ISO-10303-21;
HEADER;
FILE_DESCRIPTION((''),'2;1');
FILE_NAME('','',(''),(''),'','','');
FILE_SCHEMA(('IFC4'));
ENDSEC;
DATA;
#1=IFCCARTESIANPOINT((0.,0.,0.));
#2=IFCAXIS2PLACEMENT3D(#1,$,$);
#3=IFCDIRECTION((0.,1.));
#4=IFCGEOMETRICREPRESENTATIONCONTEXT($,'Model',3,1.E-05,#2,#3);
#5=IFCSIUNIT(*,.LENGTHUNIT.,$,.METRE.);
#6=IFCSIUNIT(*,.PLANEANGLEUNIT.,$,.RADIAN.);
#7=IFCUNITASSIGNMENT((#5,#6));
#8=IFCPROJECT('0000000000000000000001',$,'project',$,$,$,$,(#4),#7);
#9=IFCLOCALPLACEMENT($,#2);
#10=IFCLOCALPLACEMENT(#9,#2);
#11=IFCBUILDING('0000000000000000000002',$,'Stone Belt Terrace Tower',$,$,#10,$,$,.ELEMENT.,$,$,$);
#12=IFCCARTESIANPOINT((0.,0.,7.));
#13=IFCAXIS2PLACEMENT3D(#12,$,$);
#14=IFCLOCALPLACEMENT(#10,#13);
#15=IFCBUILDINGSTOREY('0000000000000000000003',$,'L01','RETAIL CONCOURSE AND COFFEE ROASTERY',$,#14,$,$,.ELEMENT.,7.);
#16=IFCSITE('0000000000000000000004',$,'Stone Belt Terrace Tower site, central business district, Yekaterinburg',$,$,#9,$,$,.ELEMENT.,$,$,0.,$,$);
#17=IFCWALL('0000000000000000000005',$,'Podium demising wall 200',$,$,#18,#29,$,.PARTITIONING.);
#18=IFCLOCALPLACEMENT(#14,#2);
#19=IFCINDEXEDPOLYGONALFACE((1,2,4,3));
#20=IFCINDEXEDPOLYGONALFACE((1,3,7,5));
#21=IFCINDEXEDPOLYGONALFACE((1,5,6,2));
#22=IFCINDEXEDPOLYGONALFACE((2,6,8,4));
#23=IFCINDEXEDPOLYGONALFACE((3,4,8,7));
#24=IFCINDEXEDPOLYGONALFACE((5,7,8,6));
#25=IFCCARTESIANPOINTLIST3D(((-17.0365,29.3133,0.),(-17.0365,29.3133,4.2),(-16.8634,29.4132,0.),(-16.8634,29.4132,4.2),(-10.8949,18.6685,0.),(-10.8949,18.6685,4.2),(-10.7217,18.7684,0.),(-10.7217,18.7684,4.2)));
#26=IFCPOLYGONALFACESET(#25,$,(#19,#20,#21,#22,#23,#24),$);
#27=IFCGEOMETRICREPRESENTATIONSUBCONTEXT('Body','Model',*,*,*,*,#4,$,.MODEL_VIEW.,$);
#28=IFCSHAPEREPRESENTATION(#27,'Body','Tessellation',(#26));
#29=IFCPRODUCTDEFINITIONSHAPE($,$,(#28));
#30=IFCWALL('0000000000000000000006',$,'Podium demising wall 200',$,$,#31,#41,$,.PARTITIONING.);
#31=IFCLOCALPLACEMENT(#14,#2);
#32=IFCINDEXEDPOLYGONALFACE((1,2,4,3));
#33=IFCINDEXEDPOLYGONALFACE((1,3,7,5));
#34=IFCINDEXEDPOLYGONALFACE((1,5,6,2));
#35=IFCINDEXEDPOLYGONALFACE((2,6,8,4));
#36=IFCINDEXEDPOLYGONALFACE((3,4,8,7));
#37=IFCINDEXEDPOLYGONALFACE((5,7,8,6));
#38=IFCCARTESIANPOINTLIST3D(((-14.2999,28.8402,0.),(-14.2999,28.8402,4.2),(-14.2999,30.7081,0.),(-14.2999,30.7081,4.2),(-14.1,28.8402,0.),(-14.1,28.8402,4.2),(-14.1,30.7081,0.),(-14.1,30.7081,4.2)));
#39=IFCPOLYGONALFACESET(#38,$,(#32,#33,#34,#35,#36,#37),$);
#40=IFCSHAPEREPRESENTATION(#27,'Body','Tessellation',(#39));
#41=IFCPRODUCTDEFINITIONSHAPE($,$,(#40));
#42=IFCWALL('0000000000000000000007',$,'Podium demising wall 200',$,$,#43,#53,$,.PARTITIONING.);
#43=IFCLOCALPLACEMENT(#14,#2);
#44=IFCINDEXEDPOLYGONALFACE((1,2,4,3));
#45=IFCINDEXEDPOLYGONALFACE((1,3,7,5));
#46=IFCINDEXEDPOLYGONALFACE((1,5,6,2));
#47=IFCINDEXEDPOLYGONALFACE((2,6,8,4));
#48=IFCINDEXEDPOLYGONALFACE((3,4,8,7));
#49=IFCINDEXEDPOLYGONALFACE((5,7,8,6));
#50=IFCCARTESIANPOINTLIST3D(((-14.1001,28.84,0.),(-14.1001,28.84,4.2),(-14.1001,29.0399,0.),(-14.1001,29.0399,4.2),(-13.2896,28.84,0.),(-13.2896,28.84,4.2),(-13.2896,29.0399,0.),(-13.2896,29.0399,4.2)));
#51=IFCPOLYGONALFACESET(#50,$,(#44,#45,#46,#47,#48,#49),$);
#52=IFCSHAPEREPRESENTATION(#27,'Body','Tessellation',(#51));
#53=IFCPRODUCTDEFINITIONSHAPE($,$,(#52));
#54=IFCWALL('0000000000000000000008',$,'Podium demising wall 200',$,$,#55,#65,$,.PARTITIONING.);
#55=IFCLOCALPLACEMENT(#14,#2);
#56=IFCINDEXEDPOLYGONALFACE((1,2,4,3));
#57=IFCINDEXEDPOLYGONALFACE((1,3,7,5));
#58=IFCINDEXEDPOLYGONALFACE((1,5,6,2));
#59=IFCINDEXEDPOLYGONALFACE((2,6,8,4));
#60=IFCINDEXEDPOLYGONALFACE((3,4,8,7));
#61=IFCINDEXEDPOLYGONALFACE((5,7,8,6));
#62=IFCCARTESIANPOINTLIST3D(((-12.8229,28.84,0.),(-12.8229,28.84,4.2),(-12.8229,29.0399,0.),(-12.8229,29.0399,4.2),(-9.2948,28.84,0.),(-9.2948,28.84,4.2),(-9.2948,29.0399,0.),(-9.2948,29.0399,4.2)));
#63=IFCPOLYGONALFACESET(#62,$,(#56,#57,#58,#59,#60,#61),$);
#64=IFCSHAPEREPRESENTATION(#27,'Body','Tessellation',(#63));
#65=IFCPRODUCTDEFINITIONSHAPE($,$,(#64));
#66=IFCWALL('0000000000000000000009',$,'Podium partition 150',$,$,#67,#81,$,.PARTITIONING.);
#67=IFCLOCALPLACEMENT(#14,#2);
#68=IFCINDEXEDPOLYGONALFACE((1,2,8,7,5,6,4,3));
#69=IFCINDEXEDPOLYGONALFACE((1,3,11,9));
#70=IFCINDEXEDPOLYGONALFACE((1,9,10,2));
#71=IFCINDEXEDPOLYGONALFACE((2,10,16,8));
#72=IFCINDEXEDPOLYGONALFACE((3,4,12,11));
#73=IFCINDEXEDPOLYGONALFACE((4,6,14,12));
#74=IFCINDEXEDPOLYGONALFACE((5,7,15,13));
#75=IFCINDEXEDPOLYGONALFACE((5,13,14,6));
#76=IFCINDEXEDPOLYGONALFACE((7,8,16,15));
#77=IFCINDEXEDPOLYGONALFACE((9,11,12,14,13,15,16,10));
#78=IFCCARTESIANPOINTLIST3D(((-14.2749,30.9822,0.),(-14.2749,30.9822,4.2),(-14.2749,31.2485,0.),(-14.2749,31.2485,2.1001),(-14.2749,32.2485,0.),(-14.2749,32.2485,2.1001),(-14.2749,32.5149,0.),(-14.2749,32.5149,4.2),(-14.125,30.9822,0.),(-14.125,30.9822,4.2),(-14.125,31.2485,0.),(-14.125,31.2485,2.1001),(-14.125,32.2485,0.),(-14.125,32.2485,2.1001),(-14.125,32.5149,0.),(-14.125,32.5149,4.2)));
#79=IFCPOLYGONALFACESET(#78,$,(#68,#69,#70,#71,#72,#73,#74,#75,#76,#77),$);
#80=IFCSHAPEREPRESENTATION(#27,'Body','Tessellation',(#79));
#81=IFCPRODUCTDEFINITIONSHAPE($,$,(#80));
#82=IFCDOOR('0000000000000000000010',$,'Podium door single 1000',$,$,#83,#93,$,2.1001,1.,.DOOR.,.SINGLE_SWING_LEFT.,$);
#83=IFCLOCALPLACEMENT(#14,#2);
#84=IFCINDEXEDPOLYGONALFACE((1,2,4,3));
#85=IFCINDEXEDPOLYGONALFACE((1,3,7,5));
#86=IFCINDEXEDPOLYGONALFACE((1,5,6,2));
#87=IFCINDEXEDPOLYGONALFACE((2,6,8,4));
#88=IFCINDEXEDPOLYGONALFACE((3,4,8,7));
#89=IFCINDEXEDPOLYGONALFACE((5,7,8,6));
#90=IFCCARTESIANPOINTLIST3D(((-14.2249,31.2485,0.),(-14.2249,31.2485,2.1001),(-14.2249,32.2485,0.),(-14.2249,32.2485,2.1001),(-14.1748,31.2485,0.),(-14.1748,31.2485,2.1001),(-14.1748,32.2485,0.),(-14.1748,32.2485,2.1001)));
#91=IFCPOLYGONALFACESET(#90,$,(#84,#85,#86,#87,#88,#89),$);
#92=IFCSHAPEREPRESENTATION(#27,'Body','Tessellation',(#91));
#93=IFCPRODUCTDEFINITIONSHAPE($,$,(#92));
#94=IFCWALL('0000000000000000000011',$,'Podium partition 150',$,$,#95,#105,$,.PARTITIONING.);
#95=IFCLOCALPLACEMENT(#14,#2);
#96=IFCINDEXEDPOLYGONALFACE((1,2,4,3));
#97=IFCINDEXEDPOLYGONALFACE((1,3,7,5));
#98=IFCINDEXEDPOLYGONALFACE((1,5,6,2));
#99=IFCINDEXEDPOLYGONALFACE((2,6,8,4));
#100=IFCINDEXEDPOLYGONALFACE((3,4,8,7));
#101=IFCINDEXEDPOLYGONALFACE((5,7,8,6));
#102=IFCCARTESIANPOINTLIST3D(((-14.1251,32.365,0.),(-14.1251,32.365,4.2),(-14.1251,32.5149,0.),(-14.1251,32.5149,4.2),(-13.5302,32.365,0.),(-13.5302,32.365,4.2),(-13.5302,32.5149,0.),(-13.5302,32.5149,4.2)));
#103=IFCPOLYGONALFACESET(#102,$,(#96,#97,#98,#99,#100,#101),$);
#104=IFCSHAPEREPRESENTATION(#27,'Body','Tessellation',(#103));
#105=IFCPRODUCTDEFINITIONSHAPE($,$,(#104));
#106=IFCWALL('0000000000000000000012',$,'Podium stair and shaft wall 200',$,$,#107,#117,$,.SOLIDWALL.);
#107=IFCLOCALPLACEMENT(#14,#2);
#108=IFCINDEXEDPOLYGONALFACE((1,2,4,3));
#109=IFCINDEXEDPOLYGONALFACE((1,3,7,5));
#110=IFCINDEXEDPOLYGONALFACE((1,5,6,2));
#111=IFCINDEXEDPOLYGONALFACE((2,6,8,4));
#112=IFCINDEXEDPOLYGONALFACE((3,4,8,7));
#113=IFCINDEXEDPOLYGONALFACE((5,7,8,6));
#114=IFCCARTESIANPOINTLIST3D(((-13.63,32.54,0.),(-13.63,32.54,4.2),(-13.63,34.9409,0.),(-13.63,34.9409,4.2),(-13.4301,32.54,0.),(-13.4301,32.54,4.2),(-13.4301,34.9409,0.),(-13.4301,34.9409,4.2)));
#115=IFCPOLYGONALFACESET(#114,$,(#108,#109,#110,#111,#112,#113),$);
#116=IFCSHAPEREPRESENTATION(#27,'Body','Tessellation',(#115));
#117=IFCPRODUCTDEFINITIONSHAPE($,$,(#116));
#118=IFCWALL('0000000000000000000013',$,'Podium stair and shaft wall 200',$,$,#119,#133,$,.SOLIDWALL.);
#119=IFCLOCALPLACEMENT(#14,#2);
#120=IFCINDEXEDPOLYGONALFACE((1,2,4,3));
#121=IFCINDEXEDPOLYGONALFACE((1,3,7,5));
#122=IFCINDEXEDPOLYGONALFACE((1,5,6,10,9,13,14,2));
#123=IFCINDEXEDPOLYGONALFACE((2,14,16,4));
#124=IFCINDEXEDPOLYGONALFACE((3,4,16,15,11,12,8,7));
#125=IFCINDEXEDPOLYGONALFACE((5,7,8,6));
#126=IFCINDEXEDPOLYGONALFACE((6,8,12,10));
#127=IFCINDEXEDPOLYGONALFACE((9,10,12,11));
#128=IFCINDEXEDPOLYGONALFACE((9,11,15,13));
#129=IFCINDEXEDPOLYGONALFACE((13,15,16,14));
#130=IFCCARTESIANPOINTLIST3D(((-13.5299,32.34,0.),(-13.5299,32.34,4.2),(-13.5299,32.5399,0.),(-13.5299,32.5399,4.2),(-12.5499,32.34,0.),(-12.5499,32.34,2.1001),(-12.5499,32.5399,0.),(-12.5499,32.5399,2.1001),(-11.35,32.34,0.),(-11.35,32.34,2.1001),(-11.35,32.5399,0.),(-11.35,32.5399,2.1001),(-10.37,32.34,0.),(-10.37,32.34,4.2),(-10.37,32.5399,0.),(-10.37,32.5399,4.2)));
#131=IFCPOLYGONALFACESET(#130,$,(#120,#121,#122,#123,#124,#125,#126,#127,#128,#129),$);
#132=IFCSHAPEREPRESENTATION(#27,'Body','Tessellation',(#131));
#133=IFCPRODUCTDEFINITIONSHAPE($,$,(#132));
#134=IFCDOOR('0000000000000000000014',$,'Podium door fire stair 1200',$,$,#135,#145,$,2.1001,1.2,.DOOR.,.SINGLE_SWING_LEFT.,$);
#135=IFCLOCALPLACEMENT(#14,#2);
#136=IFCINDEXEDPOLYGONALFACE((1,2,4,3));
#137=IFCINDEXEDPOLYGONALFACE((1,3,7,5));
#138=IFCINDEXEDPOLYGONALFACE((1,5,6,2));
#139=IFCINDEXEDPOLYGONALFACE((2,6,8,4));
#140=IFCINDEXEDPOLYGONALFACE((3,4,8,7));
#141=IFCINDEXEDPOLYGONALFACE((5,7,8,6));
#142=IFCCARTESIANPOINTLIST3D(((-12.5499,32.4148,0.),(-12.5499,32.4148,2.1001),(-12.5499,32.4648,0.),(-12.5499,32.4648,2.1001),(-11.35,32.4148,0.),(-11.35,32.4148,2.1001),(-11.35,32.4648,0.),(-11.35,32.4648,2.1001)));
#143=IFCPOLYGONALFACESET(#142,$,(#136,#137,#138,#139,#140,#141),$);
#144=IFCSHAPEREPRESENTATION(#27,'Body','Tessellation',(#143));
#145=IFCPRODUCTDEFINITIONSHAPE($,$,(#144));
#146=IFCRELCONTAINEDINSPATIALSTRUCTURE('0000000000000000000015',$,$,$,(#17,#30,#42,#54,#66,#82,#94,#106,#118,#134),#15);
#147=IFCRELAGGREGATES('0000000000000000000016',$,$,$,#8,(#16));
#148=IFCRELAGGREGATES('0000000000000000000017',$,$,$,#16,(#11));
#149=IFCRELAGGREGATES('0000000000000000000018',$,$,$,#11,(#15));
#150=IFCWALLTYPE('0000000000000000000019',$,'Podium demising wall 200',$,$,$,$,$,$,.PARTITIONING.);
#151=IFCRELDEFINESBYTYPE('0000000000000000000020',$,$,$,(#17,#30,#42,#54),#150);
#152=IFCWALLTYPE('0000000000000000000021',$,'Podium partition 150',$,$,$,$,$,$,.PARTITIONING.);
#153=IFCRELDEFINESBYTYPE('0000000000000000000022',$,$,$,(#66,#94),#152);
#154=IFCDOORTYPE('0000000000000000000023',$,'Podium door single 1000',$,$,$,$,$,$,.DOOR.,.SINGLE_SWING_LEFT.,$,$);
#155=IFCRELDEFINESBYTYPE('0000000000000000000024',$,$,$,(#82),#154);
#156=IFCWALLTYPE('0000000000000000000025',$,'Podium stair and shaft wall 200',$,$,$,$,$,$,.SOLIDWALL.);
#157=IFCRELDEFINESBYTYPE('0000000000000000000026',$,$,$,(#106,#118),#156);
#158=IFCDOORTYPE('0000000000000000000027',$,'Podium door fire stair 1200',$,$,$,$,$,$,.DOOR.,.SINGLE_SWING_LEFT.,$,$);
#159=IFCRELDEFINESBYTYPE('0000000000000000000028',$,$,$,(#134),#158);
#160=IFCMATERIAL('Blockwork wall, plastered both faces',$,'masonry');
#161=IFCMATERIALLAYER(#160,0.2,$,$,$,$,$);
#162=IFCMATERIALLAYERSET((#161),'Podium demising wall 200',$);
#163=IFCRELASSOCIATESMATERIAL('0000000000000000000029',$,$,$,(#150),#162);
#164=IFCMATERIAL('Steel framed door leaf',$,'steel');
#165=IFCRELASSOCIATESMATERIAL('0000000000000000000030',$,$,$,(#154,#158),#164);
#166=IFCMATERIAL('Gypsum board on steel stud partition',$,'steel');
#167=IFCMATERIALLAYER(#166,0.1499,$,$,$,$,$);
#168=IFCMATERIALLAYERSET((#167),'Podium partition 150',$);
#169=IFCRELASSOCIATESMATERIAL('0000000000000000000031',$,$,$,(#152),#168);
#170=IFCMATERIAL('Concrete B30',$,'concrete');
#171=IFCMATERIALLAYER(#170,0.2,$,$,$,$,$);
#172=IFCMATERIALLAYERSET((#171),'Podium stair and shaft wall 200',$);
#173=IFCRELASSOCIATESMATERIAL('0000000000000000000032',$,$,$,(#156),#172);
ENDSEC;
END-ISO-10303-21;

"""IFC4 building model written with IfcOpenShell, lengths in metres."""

from ifc_helpers import new_model, si_unit, direction, frame, frame_2d, origin, place, context, subcontext, project, spatial, rectangle, extrude, material, layer, layer_set, type_object, element, fill, save


model = new_model("IFC4")

# Units and contexts
model_context = context("Model", 3, precision=1e-05, world=origin(), true_north=direction((0.0, 1.0)))
body_context = subcontext(model_context, "Body", "Model", "MODEL_VIEW")
ifc_project = project(units=[si_unit("LENGTHUNIT", "METRE"), si_unit("PLANEANGLEUNIT", "RADIAN")], contexts=[model_context])

# Site, building, storey
site_placement = place(None, origin())
site = spatial("IfcSite", under=ifc_project, at=site_placement, Name="Stone Belt Terrace Tower site, central business district, Yekaterinburg", CompositionType="ELEMENT", RefElevation=0.0)
building_placement = place(site_placement, origin())
building = spatial("IfcBuilding", under=site, at=building_placement, Name="Stone Belt Terrace Tower", CompositionType="ELEMENT")
storey_placement = place(building_placement, frame((0.0, 0.0, 7.0)))
storey = spatial("IfcBuildingStorey", under=building, at=storey_placement, Name="L01", Description="RETAIL CONCOURSE AND COFFEE ROASTERY", CompositionType="ELEMENT", Elevation=7.0)

# Shared definitions
ifc_material_1 = material(Name="Blockwork wall, plastered both faces", Category="masonry")
ifc_layer_1 = layer(ifc_material_1, 0.2)
ifc_layer_set_1 = layer_set([ifc_layer_1], Name="Podium demising wall 200")
wall_type_1 = type_object("IfcWallType", Name="Podium demising wall 200", PredefinedType="PARTITIONING", material=ifc_layer_set_1)

# Shared definitions
ifc_material_2 = material(Name="Steel framed door leaf", Category="steel")
door_type_1 = type_object("IfcDoorType", Name="Podium door single 1000", OperationType="SINGLE_SWING_LEFT", PredefinedType="DOOR", material=ifc_material_2)

# Walls
wall_1_placement = place(storey_placement, frame((-16.95, 29.3633, 0.0), z_axis=(0.0, 0.0, 1.0), x_axis=(0.499746, -0.866172, 0.0)))
element("IfcWall", 1, at=wall_1_placement, inside=storey, type_object=wall_type_1, Name="Podium demising wall 200", PredefinedType="PARTITIONING", context=body_context, shape_type="SweptSolid", body=[
    extrude(rectangle(XDim=12.2896, YDim=0.2, at=frame_2d((6.1448, 0.0))), origin(), (0.0, 0.0, 1.0), 4.2),
])
wall_2_placement = place(storey_placement, frame((-14.2, 28.8401, 0.0), z_axis=(0.0, 0.0, 1.0), x_axis=(0.0, 1.0, 0.0)))
element("IfcWall", 2, at=wall_2_placement, inside=storey, type_object=wall_type_1, Name="Podium demising wall 200", PredefinedType="PARTITIONING", context=body_context, shape_type="SweptSolid", body=[
    extrude(rectangle(XDim=1.8679, YDim=0.2, at=frame_2d((0.9341, 0.0))), origin(), (0.0, 0.0, 1.0), 4.2),
])
wall_3_placement = place(storey_placement, frame((-14.1001, 28.9399, 0.0), z_axis=(0.0, 0.0, 1.0), x_axis=(1.0, 0.0, 0.0)))
element("IfcWall", 3, at=wall_3_placement, inside=storey, type_object=wall_type_1, Name="Podium demising wall 200", PredefinedType="PARTITIONING", context=body_context, shape_type="SweptSolid", body=[
    extrude(rectangle(XDim=0.8105, YDim=0.2, at=frame_2d((0.4053, 0.0))), origin(), (0.0, 0.0, 1.0), 4.2),
])
wall_4_placement = place(storey_placement, frame((-12.823, 28.9399, 0.0), z_axis=(0.0, 0.0, 1.0), x_axis=(1.0, 0.0, 0.0)))
element("IfcWall", 4, at=wall_4_placement, inside=storey, type_object=wall_type_1, Name="Podium demising wall 200", PredefinedType="PARTITIONING", context=body_context, shape_type="SweptSolid", body=[
    extrude(rectangle(XDim=3.5281, YDim=0.2, at=frame_2d((1.7642, 0.0))), origin(), (0.0, 0.0, 1.0), 4.2),
])

# Wall, opening, door
ifc_material_3 = material(Name="Gypsum board on steel stud partition", Category="steel")
ifc_layer_2 = layer(ifc_material_3, 0.1499)
ifc_layer_set_2 = layer_set([ifc_layer_2], Name="Podium partition 150")
wall_type_2 = type_object("IfcWallType", Name="Podium partition 150", PredefinedType="PARTITIONING", material=ifc_layer_set_2)
wall_5_placement = place(storey_placement, frame((-14.2, 30.9822, 0.0), z_axis=(0.0, 0.0, 1.0), x_axis=(0.0, 1.0, 0.0)))
wall_5 = element("IfcWall", 5, at=wall_5_placement, inside=storey, type_object=wall_type_2, Name="Podium partition 150", PredefinedType="PARTITIONING", context=body_context, shape_type="SweptSolid", body=[
    extrude(rectangle(XDim=1.5327, YDim=0.1499, at=frame_2d((0.7664, 0.0))), origin(), (0.0, 0.0, 1.0), 4.2),
])
opening_1_placement = place(wall_5_placement, frame((0.2664, 0.0, 0.0)))
opening_1 = element("IfcOpeningElement", 6, at=opening_1_placement, cuts=wall_5, PredefinedType="OPENING", context=body_context, shape_type="SweptSolid", body=[
    extrude(rectangle(XDim=1.0, YDim=2.1001, at=frame_2d((0.5, 1.05))), frame((0.0, 0.085, 0.0), z_axis=(0.0, -1.0, 0.0), x_axis=(1.0, 0.0, 0.0)), (0.0, 0.0, 1.0), 0.1699),
])
door_1_placement = place(opening_1_placement, origin())
door_1 = element("IfcDoor", 7, at=door_1_placement, inside=storey, type_object=door_type_1, Name="Podium door single 1000", OperationType="SINGLE_SWING_LEFT", OverallHeight=2.1001, OverallWidth=1.0, PredefinedType="DOOR", context=body_context, shape_type="SweptSolid", body=[
    extrude(rectangle(XDim=1.0, YDim=2.1001, at=frame_2d((0.5, 1.05))), frame((0.0, 0.0249, 0.0), z_axis=(0.0, -1.0, 0.0), x_axis=(1.0, 0.0, 0.0)), (0.0, 0.0, 1.0), 0.05),
])
fill(opening_1, door_1)

# Walls
wall_6_placement = place(storey_placement, frame((-14.125, 32.4399, 0.0), z_axis=(0.0, 0.0, 1.0), x_axis=(1.0, 0.0, 0.0)))
element("IfcWall", 8, at=wall_6_placement, inside=storey, type_object=wall_type_2, Name="Podium partition 150", PredefinedType="PARTITIONING", context=body_context, shape_type="SweptSolid", body=[
    extrude(rectangle(XDim=0.595, YDim=0.1499, at=frame_2d((0.2974, 0.0))), origin(), (0.0, 0.0, 1.0), 4.2),
])
ifc_material_4 = material(Name="Concrete B30", Category="concrete")
ifc_layer_3 = layer(ifc_material_4, 0.2)
ifc_layer_set_3 = layer_set([ifc_layer_3], Name="Podium stair and shaft wall 200")
wall_type_3 = type_object("IfcWallType", Name="Podium stair and shaft wall 200", PredefinedType="SOLIDWALL", material=ifc_layer_set_3)
wall_7_placement = place(storey_placement, frame((-13.53, 32.54, 0.0), z_axis=(0.0, 0.0, 1.0), x_axis=(0.0, 1.0, 0.0)))
element("IfcWall", 9, at=wall_7_placement, inside=storey, type_object=wall_type_3, Name="Podium stair and shaft wall 200", PredefinedType="SOLIDWALL", context=body_context, shape_type="SweptSolid", body=[
    extrude(rectangle(XDim=2.4009, YDim=0.2, at=frame_2d((1.2004, 0.0))), origin(), (0.0, 0.0, 1.0), 4.2),
])

# Wall, opening, door
wall_8_placement = place(storey_placement, frame((-13.53, 32.4399, 0.0), z_axis=(0.0, 0.0, 1.0), x_axis=(1.0, 0.0, 0.0)))
wall_8 = element("IfcWall", 10, at=wall_8_placement, inside=storey, type_object=wall_type_3, Name="Podium stair and shaft wall 200", PredefinedType="SOLIDWALL", context=body_context, shape_type="SweptSolid", body=[
    extrude(rectangle(XDim=3.1599, YDim=0.2, at=frame_2d((1.5801, 0.0))), origin(), (0.0, 0.0, 1.0), 4.2),
])
opening_2_placement = place(wall_8_placement, frame((0.98, 0.0, 0.0)))
opening_2 = element("IfcOpeningElement", 11, at=opening_2_placement, cuts=wall_8, PredefinedType="OPENING", context=body_context, shape_type="SweptSolid", body=[
    extrude(rectangle(XDim=1.2, YDim=2.1001, at=frame_2d((0.6001, 1.05))), frame((0.0, 0.1099, 0.0), z_axis=(0.0, -1.0, 0.0), x_axis=(1.0, 0.0, 0.0)), (0.0, 0.0, 1.0), 0.22),
])
door_type_2 = type_object("IfcDoorType", Name="Podium door fire stair 1200", OperationType="SINGLE_SWING_LEFT", PredefinedType="DOOR", material=ifc_material_2)
door_2_placement = place(opening_2_placement, origin())
door_2 = element("IfcDoor", 12, at=door_2_placement, inside=storey, type_object=door_type_2, Name="Podium door fire stair 1200", OperationType="SINGLE_SWING_LEFT", OverallHeight=2.1001, OverallWidth=1.2, PredefinedType="DOOR", context=body_context, shape_type="SweptSolid", body=[
    extrude(rectangle(XDim=1.2, YDim=2.1001, at=frame_2d((0.6001, 1.05))), frame((0.0, 0.0249, 0.0), z_axis=(0.0, -1.0, 0.0), x_axis=(1.0, 0.0, 0.0)), (0.0, 0.0, 1.0), 0.05),
])
fill(opening_2, door_2)

save(model, "model.ifc")
